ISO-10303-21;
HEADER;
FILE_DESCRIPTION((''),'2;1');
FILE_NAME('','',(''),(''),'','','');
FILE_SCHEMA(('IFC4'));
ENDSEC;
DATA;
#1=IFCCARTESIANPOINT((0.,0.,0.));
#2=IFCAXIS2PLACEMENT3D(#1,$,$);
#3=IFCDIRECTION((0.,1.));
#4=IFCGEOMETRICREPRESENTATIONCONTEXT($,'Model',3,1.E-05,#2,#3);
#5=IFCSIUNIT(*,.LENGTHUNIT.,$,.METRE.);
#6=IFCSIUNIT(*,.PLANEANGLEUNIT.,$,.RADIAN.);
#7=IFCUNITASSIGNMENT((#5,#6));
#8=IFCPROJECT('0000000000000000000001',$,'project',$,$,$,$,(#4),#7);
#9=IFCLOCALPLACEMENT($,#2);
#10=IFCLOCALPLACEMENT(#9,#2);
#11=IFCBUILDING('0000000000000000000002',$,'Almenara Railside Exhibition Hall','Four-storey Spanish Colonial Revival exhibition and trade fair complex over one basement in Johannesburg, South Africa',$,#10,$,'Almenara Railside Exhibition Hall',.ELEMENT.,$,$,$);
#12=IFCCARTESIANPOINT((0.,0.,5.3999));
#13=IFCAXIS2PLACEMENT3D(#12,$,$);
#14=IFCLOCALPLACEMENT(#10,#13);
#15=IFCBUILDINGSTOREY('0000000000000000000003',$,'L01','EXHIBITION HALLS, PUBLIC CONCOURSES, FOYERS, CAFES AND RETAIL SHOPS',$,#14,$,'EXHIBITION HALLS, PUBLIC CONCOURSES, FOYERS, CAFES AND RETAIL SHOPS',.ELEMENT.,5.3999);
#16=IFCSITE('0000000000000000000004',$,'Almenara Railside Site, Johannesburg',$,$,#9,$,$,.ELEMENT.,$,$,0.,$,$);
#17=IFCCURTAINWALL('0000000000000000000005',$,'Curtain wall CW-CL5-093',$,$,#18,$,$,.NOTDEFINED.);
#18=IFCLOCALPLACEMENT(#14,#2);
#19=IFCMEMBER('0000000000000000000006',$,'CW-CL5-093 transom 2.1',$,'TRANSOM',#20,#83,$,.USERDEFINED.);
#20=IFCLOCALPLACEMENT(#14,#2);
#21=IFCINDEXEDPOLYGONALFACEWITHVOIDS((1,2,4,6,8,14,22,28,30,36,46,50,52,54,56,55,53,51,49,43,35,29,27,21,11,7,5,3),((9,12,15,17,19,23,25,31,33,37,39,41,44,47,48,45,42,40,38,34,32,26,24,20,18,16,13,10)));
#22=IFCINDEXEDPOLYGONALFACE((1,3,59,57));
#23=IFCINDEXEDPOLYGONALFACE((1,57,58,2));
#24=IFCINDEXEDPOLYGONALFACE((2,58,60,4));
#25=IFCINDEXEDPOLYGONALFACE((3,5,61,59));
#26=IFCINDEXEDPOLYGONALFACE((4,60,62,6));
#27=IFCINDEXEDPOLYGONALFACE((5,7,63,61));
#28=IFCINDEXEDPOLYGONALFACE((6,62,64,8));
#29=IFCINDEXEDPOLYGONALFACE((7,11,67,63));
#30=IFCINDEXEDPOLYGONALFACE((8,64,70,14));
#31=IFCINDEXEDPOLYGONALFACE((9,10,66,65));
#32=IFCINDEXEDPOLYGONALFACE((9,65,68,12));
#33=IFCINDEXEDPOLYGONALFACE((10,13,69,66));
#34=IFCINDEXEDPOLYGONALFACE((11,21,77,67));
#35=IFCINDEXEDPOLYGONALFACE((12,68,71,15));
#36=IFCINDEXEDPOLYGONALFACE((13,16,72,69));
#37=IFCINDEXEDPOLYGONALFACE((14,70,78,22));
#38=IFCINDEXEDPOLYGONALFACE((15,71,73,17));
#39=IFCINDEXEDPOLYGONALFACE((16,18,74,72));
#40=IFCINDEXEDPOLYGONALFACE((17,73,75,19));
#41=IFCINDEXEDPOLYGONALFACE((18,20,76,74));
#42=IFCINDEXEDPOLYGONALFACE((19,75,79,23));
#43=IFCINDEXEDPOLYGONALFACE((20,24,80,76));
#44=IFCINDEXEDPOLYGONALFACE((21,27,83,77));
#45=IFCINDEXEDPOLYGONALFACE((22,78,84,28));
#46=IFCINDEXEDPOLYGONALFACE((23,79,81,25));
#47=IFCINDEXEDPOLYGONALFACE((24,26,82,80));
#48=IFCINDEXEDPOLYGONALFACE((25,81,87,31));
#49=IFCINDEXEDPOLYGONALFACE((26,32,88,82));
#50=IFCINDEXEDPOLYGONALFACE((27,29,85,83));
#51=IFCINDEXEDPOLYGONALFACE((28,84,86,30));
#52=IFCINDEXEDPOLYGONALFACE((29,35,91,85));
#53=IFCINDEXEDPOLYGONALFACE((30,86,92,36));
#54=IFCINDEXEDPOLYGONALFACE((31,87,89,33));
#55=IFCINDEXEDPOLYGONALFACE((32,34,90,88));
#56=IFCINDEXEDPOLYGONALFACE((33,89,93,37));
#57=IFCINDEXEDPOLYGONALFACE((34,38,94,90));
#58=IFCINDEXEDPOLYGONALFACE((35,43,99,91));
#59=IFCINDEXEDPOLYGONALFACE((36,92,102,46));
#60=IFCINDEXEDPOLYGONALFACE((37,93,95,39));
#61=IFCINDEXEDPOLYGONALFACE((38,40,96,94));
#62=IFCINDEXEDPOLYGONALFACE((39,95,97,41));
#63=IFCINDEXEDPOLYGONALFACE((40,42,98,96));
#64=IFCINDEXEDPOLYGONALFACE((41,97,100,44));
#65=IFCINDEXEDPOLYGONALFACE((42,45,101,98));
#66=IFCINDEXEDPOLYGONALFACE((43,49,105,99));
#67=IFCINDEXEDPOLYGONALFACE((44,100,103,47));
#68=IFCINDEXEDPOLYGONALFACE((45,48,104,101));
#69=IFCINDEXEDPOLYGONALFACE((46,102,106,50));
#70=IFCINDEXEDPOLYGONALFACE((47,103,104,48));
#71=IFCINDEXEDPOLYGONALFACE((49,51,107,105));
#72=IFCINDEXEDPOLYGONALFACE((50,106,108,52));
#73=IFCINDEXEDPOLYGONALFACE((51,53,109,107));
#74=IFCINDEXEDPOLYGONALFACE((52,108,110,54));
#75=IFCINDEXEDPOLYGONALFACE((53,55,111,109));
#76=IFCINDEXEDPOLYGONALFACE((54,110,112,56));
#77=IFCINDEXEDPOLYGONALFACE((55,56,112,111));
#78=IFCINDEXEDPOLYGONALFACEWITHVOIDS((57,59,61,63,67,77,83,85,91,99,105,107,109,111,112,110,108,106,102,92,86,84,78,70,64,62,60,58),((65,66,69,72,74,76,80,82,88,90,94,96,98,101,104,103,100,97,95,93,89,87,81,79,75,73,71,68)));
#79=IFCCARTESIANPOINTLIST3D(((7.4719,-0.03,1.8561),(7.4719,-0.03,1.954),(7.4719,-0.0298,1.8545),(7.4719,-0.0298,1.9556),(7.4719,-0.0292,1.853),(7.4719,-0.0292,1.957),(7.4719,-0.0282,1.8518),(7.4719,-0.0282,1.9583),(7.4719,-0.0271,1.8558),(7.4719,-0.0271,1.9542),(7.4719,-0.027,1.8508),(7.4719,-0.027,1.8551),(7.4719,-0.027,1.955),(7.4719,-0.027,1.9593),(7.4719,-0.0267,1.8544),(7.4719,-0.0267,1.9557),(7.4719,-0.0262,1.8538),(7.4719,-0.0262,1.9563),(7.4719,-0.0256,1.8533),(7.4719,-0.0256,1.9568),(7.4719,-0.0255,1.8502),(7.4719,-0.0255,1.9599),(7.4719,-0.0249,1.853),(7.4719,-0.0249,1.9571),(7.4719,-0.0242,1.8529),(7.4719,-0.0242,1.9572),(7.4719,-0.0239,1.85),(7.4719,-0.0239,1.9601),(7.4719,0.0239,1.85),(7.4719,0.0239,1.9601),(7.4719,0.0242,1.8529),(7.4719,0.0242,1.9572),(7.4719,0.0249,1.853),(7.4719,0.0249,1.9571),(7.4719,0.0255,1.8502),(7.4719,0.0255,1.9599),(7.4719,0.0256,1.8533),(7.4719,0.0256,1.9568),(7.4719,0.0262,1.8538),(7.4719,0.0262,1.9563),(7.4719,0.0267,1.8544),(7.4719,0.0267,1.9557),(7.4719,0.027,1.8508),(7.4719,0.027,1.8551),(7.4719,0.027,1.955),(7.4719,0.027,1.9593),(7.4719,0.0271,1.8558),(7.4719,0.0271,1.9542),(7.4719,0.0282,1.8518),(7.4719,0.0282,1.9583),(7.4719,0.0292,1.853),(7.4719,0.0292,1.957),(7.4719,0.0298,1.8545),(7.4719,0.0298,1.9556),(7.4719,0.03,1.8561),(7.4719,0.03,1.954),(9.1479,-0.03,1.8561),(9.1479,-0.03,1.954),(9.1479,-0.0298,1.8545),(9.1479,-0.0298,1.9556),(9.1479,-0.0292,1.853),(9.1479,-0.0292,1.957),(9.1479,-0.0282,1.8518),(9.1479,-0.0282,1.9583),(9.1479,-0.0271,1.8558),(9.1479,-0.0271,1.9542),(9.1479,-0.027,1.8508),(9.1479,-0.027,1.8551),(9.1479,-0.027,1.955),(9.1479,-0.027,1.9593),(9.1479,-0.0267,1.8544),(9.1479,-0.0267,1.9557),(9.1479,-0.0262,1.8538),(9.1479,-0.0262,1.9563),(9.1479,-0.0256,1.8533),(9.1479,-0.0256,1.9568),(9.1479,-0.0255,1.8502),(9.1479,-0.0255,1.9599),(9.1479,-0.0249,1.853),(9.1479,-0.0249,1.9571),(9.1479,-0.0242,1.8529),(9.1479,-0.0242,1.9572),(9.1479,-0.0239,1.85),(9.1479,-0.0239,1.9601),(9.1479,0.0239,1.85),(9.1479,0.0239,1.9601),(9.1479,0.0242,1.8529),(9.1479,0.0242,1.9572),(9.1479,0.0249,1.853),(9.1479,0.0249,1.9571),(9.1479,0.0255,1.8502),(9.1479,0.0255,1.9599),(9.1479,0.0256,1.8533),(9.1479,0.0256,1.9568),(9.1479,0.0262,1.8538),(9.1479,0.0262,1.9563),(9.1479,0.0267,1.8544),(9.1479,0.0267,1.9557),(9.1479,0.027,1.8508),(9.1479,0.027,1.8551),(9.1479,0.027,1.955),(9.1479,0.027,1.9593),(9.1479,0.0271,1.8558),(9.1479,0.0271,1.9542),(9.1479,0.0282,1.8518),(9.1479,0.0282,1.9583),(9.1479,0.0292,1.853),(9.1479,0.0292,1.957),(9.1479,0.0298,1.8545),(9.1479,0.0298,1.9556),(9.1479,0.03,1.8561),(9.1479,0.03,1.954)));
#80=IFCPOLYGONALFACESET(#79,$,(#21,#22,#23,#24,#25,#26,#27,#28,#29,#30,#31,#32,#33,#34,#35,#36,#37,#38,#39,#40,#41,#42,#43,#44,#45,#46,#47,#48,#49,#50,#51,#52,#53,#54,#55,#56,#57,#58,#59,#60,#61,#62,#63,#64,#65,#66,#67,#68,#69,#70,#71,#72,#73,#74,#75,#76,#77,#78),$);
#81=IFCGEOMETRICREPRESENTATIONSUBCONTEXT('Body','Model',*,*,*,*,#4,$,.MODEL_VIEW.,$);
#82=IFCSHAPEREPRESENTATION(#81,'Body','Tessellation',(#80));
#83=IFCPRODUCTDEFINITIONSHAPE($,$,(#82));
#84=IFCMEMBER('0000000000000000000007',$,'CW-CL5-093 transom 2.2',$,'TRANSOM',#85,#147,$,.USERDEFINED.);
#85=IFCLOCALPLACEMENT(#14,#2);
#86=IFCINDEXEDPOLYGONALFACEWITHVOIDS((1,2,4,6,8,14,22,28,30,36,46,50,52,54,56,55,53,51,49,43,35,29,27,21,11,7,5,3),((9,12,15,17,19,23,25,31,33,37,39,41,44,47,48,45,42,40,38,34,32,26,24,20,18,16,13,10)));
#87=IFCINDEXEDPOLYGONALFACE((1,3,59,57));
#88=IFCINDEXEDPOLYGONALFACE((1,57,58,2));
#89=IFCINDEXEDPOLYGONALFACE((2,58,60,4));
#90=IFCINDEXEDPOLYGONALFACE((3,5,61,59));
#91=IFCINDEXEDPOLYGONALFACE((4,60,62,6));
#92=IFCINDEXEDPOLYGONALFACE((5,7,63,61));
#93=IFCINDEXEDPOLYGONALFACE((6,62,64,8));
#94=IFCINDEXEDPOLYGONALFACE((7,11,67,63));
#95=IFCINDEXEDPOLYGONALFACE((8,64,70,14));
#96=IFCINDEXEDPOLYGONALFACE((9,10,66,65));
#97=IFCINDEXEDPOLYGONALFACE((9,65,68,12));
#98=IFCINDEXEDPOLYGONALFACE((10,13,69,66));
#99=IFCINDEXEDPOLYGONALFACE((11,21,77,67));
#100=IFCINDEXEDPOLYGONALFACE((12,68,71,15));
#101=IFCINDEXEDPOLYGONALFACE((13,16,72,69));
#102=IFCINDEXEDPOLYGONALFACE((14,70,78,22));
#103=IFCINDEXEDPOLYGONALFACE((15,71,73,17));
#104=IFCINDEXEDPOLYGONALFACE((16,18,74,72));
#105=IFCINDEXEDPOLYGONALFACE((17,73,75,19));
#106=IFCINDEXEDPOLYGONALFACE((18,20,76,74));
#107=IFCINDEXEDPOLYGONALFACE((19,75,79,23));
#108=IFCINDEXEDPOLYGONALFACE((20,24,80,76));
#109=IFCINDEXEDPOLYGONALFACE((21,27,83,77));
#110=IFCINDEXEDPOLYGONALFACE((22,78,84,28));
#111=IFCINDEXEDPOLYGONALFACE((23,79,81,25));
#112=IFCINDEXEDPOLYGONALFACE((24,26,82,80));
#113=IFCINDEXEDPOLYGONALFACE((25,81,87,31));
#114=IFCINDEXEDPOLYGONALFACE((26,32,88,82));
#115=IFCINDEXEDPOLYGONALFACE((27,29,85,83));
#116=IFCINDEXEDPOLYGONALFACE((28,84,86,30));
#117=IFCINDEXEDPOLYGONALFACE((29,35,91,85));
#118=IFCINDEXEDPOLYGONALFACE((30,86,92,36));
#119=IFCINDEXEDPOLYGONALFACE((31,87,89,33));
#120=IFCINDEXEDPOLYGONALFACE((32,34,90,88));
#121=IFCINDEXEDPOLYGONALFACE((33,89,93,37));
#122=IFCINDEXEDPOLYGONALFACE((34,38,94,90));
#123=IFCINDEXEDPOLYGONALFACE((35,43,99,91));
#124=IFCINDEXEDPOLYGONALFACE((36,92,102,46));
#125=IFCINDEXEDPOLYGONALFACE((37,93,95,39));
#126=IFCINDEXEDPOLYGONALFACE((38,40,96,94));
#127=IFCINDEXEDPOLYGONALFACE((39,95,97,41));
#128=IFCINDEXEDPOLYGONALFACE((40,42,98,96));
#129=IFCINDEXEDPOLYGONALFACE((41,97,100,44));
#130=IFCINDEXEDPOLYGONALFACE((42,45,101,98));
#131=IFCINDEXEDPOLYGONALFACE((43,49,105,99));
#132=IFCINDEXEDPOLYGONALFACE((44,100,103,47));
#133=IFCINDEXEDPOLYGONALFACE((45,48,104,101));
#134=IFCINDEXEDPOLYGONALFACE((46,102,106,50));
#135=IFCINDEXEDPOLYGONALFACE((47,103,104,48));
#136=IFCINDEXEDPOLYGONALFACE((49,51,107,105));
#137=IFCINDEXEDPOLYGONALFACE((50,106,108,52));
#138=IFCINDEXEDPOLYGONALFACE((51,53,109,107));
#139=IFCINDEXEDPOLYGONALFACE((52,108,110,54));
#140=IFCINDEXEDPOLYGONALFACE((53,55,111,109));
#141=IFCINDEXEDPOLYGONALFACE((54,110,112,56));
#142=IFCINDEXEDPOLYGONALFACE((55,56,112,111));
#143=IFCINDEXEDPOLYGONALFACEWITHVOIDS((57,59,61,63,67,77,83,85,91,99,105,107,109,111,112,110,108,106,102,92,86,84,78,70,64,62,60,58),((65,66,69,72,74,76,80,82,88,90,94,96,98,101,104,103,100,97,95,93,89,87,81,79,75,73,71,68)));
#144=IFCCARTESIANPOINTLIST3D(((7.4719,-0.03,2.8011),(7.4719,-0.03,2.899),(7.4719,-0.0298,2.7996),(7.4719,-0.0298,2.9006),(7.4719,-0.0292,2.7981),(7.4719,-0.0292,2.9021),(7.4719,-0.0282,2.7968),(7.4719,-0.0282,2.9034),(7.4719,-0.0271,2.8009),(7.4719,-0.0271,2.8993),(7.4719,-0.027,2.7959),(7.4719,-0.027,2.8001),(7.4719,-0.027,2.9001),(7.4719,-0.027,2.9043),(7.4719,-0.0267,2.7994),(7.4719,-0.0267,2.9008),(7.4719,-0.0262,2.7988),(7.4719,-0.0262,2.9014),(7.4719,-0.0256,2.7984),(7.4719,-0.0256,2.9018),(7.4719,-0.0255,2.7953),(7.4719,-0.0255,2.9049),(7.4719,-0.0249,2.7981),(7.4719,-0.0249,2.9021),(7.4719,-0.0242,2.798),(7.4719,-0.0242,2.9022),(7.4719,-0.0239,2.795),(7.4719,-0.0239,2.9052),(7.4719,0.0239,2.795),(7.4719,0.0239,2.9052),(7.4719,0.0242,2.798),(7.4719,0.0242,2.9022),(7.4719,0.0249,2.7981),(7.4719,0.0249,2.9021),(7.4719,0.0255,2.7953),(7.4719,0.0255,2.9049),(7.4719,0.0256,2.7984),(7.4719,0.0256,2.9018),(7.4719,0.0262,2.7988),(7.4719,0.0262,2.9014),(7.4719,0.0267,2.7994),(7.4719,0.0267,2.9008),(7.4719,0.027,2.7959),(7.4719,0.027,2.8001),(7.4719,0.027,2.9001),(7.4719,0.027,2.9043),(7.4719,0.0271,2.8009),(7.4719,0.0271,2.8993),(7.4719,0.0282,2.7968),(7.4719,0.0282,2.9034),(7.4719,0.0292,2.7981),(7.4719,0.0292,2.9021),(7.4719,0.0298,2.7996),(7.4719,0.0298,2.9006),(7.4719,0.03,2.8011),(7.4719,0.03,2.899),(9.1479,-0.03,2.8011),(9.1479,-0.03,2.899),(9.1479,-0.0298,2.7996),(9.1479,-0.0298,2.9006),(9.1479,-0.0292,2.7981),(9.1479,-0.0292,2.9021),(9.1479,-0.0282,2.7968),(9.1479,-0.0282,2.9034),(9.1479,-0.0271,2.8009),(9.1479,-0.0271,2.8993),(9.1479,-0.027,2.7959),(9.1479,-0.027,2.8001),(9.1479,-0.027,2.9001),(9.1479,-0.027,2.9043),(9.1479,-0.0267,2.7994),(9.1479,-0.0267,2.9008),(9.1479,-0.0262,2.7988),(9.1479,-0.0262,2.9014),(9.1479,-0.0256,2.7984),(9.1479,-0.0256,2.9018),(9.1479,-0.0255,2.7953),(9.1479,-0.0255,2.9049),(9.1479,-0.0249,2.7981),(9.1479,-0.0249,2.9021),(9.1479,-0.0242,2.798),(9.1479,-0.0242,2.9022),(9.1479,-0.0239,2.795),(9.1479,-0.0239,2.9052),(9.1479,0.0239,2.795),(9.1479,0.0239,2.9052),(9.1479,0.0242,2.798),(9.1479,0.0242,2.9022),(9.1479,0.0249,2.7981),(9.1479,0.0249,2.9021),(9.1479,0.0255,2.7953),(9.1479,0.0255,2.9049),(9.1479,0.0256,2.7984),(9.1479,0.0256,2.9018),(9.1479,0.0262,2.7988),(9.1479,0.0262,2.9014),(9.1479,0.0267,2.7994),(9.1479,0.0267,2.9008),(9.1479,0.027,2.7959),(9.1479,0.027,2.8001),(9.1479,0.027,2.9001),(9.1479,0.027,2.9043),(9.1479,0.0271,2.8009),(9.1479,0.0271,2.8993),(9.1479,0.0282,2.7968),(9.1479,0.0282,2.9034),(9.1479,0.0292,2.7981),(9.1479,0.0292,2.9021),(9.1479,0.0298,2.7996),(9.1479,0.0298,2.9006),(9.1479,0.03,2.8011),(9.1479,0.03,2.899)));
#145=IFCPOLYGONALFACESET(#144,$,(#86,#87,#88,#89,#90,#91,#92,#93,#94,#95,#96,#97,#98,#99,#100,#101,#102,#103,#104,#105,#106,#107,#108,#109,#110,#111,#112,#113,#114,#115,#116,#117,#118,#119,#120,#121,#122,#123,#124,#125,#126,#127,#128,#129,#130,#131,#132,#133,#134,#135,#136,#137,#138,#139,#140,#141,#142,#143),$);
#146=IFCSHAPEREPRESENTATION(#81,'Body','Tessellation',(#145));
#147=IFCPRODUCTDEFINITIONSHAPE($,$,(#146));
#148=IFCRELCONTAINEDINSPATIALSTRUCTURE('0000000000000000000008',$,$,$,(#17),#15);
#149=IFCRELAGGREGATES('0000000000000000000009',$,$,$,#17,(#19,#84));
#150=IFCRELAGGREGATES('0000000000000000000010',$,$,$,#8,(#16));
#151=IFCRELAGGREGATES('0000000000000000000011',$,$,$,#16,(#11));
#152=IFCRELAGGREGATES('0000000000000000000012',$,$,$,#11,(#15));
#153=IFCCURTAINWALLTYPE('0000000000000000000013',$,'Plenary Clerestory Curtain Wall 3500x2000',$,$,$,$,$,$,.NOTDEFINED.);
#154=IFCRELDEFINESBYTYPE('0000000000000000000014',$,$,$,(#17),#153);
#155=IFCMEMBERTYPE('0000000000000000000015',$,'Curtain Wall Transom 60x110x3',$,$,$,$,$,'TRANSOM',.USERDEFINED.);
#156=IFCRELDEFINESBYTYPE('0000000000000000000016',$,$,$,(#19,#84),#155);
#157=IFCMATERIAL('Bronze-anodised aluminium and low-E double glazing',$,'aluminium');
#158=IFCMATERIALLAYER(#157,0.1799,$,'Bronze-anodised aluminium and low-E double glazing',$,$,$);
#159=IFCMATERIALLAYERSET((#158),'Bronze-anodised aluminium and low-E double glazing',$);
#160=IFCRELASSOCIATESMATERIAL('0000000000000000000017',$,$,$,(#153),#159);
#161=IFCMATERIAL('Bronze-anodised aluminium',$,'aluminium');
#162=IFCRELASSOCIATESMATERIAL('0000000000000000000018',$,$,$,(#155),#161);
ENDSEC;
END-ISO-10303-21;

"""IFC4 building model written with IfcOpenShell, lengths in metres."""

from ifc_helpers import new_model, si_unit, direction, frame, origin, origin_2d, place, context, subcontext, project, spatial, hollow_rectangle, extrude, material, layer, layer_set, material_profile, profile_set, type_object, element, aggregate, save


model = new_model("IFC4")

# Units and contexts
model_context = context("Model", 3, precision=1e-05, world=origin(), true_north=direction((0.0, 1.0)))
body_context = subcontext(model_context, "Body", "Model", "MODEL_VIEW")
ifc_project = project(units=[si_unit("LENGTHUNIT", "METRE"), si_unit("PLANEANGLEUNIT", "RADIAN")], contexts=[model_context])

# Site, building, storey
site_placement = place(None, origin())
site = spatial("IfcSite", under=ifc_project, at=site_placement, Name="Almenara Railside Site, Johannesburg", CompositionType="ELEMENT", RefElevation=0.0)
building_placement = place(site_placement, origin())
building = spatial("IfcBuilding", under=site, at=building_placement, Name="Almenara Railside Exhibition Hall", Description="Four-storey Spanish Colonial Revival exhibition and trade fair complex over one basement in Johannesburg, South Africa", LongName="Almenara Railside Exhibition Hall", CompositionType="ELEMENT")
storey_placement = place(building_placement, frame((0.0, 0.0, 5.3999)))
storey = spatial("IfcBuildingStorey", under=building, at=storey_placement, Name="L01", Description="EXHIBITION HALLS, PUBLIC CONCOURSES, FOYERS, CAFES AND RETAIL SHOPS", LongName="EXHIBITION HALLS, PUBLIC CONCOURSES, FOYERS, CAFES AND RETAIL SHOPS", CompositionType="ELEMENT", Elevation=5.3999)

# Curtain wall
ifc_material_1 = material(Name="Bronze-anodised aluminium and low-E double glazing", Category="aluminium")
ifc_layer_1 = layer(ifc_material_1, 0.1799, Name="Bronze-anodised aluminium and low-E double glazing")
ifc_layer_set_1 = layer_set([ifc_layer_1], Name="Bronze-anodised aluminium and low-E double glazing")
curtain_wall_type_1 = type_object("IfcCurtainWallType", Name="Plenary Clerestory Curtain Wall 3500x2000", PredefinedType="NOTDEFINED", material=ifc_layer_set_1)
curtain_wall_1_placement = place(storey_placement, origin())
curtain_wall_1 = element("IfcCurtainWall", 1, at=curtain_wall_1_placement, inside=storey, type_object=curtain_wall_type_1, Name="Curtain wall CW-CL5-093", PredefinedType="NOTDEFINED")
ifc_material_2 = material(Name="Bronze-anodised aluminium", Category="aluminium")

# Members
ifc_material_profile_1 = material_profile(ifc_material_2, hollow_rectangle(XDim=0.0601, YDim=0.1101, WallThickness=0.0029, InnerFilletRadius=0.0029, OuterFilletRadius=0.0061, at=origin_2d()), Name="ALU-TRN 60x110x3")
ifc_profile_set_1 = profile_set([ifc_material_profile_1], Name="Bronze-anodised aluminium")
member_type_1 = type_object("IfcMemberType", Name="Curtain Wall Transom 60x110x3", ElementType="TRANSOM", PredefinedType="USERDEFINED", material=ifc_profile_set_1)
member_1_placement = place(storey_placement, frame((7.4719, 0.0, 1.905), z_axis=(1.0, 0.0, 0.0), x_axis=(0.0, 1.0, 0.0)))
member_1 = element("IfcMember", 2, at=member_1_placement, type_object=member_type_1, Name="CW-CL5-093 transom 2.1", ObjectType="TRANSOM", PredefinedType="USERDEFINED", context=body_context, shape_type="SweptSolid", body=[
    extrude(hollow_rectangle(XDim=0.0601, YDim=0.1101, WallThickness=0.0029, InnerFilletRadius=0.0029, OuterFilletRadius=0.0061, at=origin_2d()), origin(), (0.0, 0.0, 1.0), 1.676),
])
member_2_placement = place(storey_placement, frame((7.4719, 0.0, 2.8501), z_axis=(1.0, 0.0, 0.0), x_axis=(0.0, 1.0, 0.0)))
member_2 = element("IfcMember", 3, at=member_2_placement, type_object=member_type_1, Name="CW-CL5-093 transom 2.2", ObjectType="TRANSOM", PredefinedType="USERDEFINED", context=body_context, shape_type="SweptSolid", body=[
    extrude(hollow_rectangle(XDim=0.0601, YDim=0.1101, WallThickness=0.0029, InnerFilletRadius=0.0029, OuterFilletRadius=0.0061, at=origin_2d()), origin(), (0.0, 0.0, 1.0), 1.676),
])

aggregate(curtain_wall_1, [member_1, member_2])

save(model, "model.ifc")
